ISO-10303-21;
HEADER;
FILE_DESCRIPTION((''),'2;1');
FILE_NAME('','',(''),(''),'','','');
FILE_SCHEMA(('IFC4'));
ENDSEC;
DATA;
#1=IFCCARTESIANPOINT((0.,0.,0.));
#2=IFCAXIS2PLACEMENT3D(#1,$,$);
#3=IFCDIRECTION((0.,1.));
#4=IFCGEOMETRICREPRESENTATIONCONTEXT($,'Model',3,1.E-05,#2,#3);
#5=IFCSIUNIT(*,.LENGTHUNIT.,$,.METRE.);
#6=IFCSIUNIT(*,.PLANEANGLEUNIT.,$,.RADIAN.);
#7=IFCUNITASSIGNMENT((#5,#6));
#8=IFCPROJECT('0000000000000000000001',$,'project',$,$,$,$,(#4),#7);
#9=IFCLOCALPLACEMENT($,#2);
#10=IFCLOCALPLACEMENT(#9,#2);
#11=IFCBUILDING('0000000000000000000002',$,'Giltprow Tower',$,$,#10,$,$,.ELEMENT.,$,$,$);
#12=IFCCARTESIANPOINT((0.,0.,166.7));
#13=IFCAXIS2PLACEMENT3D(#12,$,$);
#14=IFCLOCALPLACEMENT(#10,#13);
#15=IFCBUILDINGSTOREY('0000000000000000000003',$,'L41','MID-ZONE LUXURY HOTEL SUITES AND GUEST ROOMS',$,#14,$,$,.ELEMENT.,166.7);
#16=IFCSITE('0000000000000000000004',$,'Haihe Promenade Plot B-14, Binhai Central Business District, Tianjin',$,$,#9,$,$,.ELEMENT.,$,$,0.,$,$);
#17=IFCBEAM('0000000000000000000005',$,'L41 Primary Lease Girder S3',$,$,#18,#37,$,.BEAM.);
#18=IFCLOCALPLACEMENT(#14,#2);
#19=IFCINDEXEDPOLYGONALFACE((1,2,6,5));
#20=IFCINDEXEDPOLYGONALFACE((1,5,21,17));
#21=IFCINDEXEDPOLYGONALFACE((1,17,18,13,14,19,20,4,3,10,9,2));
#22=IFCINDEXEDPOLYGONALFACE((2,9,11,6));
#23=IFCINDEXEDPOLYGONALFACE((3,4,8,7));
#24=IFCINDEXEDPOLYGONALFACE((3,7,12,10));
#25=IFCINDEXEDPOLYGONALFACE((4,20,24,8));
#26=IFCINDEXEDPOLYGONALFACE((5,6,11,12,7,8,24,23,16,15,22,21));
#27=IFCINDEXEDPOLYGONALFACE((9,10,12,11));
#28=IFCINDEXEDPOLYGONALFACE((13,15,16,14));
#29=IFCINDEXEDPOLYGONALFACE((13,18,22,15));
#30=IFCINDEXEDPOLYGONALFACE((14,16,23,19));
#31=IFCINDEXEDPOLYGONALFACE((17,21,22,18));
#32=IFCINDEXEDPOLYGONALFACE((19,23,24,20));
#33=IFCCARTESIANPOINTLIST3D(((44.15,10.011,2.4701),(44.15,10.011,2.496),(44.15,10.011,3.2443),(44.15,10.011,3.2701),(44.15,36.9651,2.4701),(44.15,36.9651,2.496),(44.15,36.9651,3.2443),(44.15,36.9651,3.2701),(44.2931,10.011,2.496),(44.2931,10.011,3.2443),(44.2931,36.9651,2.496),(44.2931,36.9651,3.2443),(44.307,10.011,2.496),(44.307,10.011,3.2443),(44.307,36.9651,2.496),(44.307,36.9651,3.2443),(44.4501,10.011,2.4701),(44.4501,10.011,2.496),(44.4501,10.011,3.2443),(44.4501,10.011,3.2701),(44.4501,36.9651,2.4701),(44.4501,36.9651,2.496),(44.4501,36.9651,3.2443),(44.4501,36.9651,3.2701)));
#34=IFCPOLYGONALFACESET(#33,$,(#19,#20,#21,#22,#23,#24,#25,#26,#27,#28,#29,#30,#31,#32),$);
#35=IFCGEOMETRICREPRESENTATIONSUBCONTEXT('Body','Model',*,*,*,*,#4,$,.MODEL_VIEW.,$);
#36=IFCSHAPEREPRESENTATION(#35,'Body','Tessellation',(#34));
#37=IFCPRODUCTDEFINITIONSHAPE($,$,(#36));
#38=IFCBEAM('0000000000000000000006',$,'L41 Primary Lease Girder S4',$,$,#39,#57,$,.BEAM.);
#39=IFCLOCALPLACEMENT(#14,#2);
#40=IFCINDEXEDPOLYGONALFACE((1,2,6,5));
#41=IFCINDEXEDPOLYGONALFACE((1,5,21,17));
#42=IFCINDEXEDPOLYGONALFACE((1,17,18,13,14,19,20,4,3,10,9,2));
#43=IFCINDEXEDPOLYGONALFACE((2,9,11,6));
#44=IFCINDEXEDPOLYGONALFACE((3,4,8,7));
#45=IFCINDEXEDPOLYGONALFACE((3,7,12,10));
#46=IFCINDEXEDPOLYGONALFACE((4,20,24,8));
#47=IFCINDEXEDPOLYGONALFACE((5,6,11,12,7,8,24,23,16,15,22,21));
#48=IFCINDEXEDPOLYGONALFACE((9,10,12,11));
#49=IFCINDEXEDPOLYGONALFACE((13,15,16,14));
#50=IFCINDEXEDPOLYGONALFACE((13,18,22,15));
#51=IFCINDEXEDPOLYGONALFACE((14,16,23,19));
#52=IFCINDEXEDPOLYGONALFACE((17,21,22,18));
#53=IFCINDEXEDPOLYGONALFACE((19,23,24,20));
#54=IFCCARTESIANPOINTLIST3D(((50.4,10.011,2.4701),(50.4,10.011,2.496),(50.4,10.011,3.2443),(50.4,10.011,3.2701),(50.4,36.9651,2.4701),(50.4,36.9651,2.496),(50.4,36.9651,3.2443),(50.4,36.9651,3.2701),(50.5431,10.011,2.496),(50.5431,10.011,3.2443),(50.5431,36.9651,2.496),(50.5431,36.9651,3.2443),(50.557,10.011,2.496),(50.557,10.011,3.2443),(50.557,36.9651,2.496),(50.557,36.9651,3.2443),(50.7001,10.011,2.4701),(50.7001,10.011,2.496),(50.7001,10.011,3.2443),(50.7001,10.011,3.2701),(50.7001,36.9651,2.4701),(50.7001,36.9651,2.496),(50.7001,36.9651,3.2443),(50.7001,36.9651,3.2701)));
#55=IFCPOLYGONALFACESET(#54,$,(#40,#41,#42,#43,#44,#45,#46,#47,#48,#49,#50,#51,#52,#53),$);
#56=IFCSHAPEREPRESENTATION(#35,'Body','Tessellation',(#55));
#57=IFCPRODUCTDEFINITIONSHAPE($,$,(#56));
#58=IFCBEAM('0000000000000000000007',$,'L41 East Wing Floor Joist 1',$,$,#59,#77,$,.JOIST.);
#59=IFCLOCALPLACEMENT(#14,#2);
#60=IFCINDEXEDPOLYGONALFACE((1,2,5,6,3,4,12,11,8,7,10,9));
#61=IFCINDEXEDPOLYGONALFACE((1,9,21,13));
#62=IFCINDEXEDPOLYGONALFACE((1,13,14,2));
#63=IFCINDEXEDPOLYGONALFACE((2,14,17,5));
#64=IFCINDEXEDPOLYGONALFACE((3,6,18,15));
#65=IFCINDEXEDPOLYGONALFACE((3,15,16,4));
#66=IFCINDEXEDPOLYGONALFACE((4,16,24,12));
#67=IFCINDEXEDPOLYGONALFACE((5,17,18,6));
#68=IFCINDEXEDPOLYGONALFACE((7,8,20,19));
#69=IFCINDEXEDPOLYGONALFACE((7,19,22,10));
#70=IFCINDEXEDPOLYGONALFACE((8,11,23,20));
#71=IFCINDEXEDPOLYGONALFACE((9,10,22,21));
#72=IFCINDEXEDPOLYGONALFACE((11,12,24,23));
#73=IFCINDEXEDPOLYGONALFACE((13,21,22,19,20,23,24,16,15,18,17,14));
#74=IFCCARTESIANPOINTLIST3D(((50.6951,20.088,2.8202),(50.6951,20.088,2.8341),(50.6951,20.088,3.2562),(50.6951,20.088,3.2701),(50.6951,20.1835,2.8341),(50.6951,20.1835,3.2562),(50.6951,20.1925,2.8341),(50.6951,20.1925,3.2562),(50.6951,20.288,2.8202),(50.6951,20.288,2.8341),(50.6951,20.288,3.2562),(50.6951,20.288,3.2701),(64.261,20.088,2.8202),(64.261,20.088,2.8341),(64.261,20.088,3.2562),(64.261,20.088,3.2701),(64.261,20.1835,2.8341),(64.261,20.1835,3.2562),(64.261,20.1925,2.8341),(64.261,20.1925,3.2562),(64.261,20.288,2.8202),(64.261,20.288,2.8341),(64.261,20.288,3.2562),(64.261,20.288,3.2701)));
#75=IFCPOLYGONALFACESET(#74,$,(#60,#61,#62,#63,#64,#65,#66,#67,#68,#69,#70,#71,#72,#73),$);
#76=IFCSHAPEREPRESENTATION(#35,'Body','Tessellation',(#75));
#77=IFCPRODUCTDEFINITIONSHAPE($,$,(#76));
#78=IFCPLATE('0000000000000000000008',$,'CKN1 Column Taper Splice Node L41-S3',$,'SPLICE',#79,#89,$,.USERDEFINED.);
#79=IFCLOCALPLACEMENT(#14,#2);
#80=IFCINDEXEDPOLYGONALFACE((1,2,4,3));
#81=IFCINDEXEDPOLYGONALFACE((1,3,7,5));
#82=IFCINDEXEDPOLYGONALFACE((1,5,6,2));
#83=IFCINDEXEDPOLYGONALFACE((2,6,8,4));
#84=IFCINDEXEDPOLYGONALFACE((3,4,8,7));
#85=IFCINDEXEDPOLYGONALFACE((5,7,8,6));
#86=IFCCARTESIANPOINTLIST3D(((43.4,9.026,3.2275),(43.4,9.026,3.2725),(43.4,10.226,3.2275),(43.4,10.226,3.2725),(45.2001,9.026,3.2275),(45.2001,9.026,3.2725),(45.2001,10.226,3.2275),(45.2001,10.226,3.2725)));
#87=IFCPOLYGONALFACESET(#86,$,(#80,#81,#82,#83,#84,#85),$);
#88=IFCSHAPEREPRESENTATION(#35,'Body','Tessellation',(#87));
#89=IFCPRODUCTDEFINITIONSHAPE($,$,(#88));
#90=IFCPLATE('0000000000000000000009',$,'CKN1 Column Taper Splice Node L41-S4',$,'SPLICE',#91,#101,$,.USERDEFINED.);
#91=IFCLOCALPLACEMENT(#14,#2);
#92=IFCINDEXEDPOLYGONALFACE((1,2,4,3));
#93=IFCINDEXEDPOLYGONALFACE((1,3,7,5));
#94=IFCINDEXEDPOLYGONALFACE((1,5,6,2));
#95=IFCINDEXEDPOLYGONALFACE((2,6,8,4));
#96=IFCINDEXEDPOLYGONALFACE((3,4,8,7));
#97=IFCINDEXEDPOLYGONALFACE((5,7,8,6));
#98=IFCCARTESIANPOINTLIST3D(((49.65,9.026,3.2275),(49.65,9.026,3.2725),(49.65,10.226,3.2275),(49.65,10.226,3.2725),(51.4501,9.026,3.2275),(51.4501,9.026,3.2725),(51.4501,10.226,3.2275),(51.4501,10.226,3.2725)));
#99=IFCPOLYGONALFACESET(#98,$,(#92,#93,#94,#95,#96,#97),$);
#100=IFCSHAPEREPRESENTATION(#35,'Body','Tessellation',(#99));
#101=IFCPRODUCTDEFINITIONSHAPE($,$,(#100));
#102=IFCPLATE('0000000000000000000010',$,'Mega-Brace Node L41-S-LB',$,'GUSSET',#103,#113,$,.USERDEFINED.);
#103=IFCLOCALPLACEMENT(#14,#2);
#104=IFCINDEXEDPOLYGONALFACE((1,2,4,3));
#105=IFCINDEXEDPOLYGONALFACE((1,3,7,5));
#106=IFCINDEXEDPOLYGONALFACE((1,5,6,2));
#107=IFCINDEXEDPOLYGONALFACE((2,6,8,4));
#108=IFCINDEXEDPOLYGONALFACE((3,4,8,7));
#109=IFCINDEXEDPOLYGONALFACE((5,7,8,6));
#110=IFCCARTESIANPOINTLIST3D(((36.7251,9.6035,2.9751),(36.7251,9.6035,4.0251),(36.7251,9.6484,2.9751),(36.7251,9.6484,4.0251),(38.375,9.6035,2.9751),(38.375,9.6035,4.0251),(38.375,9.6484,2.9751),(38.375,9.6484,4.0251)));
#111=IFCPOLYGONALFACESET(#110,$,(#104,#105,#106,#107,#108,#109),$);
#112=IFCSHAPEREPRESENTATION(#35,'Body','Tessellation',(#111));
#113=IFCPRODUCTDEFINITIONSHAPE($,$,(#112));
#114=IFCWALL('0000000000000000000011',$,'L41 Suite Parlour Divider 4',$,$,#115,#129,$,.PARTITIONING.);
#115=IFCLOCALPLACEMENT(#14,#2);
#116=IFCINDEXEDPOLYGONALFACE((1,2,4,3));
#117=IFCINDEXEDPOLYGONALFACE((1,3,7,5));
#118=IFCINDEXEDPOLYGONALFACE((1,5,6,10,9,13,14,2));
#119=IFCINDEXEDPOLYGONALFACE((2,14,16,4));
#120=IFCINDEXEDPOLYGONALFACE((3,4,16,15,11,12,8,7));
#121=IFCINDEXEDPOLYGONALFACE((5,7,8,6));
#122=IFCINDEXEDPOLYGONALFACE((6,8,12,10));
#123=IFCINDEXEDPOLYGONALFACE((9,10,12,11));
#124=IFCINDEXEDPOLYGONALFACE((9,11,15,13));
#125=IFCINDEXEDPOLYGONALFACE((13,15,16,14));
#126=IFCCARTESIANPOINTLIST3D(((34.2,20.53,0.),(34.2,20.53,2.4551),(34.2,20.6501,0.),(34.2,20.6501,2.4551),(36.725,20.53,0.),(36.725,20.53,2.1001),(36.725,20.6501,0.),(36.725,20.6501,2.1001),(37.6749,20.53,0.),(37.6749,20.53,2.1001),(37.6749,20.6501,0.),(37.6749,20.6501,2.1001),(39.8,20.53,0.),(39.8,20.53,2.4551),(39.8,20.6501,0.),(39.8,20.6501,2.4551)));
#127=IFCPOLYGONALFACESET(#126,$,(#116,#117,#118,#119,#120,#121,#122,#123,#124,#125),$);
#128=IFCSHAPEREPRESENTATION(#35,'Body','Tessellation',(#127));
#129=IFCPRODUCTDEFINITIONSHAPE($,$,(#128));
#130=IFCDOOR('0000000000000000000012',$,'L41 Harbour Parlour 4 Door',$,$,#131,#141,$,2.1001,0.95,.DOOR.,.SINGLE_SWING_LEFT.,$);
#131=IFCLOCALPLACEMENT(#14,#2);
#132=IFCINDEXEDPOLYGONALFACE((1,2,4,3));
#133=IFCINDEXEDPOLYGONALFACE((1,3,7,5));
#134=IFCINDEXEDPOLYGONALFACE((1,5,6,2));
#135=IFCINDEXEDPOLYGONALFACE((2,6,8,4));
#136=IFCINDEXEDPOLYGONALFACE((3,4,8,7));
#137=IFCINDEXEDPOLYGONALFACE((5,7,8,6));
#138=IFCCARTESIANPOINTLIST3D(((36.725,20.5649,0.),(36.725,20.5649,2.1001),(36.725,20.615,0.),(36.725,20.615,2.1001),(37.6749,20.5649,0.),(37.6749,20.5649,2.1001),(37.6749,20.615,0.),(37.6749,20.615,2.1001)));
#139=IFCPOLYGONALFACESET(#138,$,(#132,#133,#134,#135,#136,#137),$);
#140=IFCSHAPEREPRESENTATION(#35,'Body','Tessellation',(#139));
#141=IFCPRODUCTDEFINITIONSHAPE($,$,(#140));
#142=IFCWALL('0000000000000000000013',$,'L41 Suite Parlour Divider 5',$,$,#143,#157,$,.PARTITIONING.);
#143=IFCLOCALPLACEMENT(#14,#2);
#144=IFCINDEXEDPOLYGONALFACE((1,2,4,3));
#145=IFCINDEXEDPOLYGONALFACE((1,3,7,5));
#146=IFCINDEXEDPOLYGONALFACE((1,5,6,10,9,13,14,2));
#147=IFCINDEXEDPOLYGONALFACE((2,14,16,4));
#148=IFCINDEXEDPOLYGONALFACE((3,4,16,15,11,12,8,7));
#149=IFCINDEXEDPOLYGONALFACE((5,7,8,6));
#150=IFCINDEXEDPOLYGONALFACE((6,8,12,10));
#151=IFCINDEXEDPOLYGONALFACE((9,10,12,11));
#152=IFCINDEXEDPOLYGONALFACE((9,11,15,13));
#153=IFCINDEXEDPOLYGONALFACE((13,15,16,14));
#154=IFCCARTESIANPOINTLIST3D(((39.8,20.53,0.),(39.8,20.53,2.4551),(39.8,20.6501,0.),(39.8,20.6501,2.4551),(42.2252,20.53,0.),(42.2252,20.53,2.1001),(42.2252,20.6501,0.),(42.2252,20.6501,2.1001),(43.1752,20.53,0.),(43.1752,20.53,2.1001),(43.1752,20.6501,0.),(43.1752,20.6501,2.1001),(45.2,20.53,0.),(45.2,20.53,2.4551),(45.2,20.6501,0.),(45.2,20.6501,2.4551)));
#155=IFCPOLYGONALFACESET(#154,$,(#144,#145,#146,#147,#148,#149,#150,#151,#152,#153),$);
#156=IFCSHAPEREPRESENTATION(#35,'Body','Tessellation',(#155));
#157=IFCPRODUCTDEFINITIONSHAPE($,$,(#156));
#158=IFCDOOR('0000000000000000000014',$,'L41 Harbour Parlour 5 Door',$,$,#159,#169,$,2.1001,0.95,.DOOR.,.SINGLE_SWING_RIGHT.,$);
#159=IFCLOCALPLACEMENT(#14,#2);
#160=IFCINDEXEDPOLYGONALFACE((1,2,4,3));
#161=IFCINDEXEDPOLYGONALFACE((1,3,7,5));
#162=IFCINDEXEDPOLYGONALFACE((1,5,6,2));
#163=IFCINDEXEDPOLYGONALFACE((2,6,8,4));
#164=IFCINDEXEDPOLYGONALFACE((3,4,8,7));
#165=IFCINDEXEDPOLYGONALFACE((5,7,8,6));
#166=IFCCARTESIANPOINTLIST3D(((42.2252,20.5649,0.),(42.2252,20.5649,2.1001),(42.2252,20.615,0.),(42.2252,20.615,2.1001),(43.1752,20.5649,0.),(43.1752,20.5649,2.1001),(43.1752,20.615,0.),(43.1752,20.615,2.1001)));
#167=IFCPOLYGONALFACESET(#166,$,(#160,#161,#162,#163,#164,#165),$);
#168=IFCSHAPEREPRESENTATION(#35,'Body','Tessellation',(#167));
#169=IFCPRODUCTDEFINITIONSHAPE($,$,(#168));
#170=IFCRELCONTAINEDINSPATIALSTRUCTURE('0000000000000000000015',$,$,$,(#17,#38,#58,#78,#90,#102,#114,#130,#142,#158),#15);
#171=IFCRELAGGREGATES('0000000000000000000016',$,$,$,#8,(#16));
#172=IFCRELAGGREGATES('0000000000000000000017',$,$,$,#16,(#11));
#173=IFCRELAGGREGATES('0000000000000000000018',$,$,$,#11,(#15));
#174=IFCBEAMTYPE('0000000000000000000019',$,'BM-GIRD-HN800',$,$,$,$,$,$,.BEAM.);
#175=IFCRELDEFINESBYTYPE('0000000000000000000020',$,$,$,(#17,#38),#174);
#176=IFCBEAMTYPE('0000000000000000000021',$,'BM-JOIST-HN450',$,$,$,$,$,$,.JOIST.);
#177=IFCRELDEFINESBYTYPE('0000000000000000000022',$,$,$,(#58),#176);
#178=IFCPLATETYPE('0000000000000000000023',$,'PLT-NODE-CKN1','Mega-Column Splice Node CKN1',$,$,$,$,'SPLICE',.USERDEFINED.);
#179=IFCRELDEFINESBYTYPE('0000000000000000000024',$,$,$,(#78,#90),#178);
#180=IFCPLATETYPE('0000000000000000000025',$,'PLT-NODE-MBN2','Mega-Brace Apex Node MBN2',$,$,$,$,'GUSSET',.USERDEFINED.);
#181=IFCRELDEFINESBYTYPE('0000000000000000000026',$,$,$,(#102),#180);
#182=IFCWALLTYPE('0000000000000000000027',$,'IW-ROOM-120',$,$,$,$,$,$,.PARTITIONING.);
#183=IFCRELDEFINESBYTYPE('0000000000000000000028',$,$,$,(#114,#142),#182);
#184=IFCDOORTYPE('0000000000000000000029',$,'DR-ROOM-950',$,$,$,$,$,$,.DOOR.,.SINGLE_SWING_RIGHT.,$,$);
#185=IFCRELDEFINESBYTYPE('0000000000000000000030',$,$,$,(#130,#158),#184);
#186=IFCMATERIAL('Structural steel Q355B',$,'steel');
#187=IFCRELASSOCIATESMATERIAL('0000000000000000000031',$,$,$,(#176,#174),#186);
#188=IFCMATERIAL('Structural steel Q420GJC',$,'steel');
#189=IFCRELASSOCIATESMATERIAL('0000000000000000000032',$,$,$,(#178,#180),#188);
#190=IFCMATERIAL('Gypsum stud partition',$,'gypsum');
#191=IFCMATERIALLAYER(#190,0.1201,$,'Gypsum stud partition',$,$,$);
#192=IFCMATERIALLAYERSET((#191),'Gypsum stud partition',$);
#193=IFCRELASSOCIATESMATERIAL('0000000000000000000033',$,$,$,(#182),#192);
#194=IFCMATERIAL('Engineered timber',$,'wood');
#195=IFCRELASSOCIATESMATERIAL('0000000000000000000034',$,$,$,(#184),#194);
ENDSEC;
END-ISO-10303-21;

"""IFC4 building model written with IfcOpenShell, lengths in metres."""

from ifc_helpers import new_model, si_unit, direction, frame, frame_2d, origin, origin_2d, place, context, subcontext, project, spatial, rectangle, i_section, extrude, source, transform, mapped, material, layer, layer_set, material_profile, profile_set, type_object, element, fill, save


model = new_model("IFC4")

# Units and contexts
model_context = context("Model", 3, precision=1e-05, world=origin(), true_north=direction((0.0, 1.0)))
body_context = subcontext(model_context, "Body", "Model", "MODEL_VIEW")
ifc_project = project(units=[si_unit("LENGTHUNIT", "METRE"), si_unit("PLANEANGLEUNIT", "RADIAN")], contexts=[model_context])

# Site, building, storey
site_placement = place(None, origin())
site = spatial("IfcSite", under=ifc_project, at=site_placement, Name="Haihe Promenade Plot B-14, Binhai Central Business District, Tianjin", CompositionType="ELEMENT", RefElevation=0.0)
building_placement = place(site_placement, origin())
building = spatial("IfcBuilding", under=site, at=building_placement, Name="Giltprow Tower", CompositionType="ELEMENT")
storey_placement = place(building_placement, frame((0.0, 0.0, 166.7)))
storey = spatial("IfcBuildingStorey", under=building, at=storey_placement, Name="L41", Description="MID-ZONE LUXURY HOTEL SUITES AND GUEST ROOMS", CompositionType="ELEMENT", Elevation=166.7)

# Beams
ifc_material_1 = material(Name="Structural steel Q355B", Category="steel")
ifc_material_profile_1 = material_profile(ifc_material_1, i_section(OverallWidth=0.2, OverallDepth=0.45, WebThickness=0.009, FlangeThickness=0.0139, at=origin_2d()), Name="HN 450x200x9x14")
ifc_profile_set_1 = profile_set([ifc_material_profile_1], Name="Structural steel Q355B")
beam_type_1 = type_object("IfcBeamType", Name="BM-JOIST-HN450", PredefinedType="JOIST", material=ifc_profile_set_1)
ifc_material_profile_2 = material_profile(ifc_material_1, i_section(OverallWidth=0.3, OverallDepth=0.8, WebThickness=0.0139, FlangeThickness=0.0259, at=origin_2d()), Name="HN 800x300x14x26")
ifc_profile_set_2 = profile_set([ifc_material_profile_2], Name="Structural steel Q355B")
beam_type_2 = type_object("IfcBeamType", Name="BM-GIRD-HN800", PredefinedType="BEAM", material=ifc_profile_set_2)
shared_shape_1 = source(origin(), body_context, "Body", "SweptSolid", [
    extrude(i_section(OverallWidth=0.3, OverallDepth=0.8, WebThickness=0.0139, FlangeThickness=0.0259, at=origin_2d()), origin(), (0.0, 0.0, 1.0), 26.9541),
])
for number, where, z_axis, x_axis, name in (
    (1, (44.3, 10.011, 2.8701), (0.0, 1.0, 0.0), (-1.0, 0.0, 0.0), "L41 Primary Lease Girder S3"),
    (2, (50.55, 10.011, 2.8701), (0.0, 1.0, 0.0), (-1.0, 0.0, 0.0), "L41 Primary Lease Girder S4"),
):
    element("IfcBeam", number, at=place(storey_placement, frame(where, z_axis=z_axis, x_axis=x_axis)), inside=storey, type_object=beam_type_2, Name=name, PredefinedType="BEAM", context=body_context, shape_type="MappedRepresentation", body=[
        mapped(shared_shape_1, transform((0.0, 0.0, 0.0), x_axis=(1.0, 0.0, 0.0), y_axis=(0.0, 1.0, 0.0), z_axis=(0.0, 0.0, 1.0), scale=1.0)),
    ])
shared_shape_2 = source(origin(), body_context, "Body", "SweptSolid", [
    extrude(i_section(OverallWidth=0.2, OverallDepth=0.45, WebThickness=0.009, FlangeThickness=0.0139, at=origin_2d()), origin(), (0.0, 0.0, 1.0), 13.5659),
])
beam_1_placement = place(storey_placement, frame((50.6951, 20.188, 3.0452), z_axis=(1.0, 0.0, 0.0), x_axis=(0.0, 1.0, 0.0)))
element("IfcBeam", 3, at=beam_1_placement, inside=storey, type_object=beam_type_1, Name="L41 East Wing Floor Joist 1", PredefinedType="JOIST", context=body_context, shape_type="MappedRepresentation", body=[
    mapped(shared_shape_2, transform((0.0, 0.0, 0.0), x_axis=(1.0, 0.0, 0.0), y_axis=(0.0, 1.0, 0.0), z_axis=(0.0, 0.0, 1.0), scale=1.0)),
])

# Plates
ifc_material_2 = material(Name="Structural steel Q420GJC", Category="steel")
plate_type_1 = type_object("IfcPlateType", Name="PLT-NODE-CKN1", Description="Mega-Column Splice Node CKN1", ElementType="SPLICE", PredefinedType="USERDEFINED", material=ifc_material_2)
shared_shape_3 = source(origin(), body_context, "Body", "SweptSolid", [
    extrude(rectangle(XDim=1.8, YDim=1.2, at=origin_2d()), origin(), (0.0, 0.0, 1.0), 0.0449),
])
for number, where, z_axis, x_axis, name in (
    (4, (44.3, 9.626, 3.2275), (0.0, 0.0, 1.0), (1.0, 0.0, 0.0), "CKN1 Column Taper Splice Node L41-S3"),
    (5, (50.55, 9.626, 3.2275), (0.0, 0.0, 1.0), (1.0, 0.0, 0.0), "CKN1 Column Taper Splice Node L41-S4"),
):
    element("IfcPlate", number, at=place(storey_placement, frame(where, z_axis=z_axis, x_axis=x_axis)), inside=storey, type_object=plate_type_1, Name=name, ObjectType="SPLICE", PredefinedType="USERDEFINED", context=body_context, shape_type="MappedRepresentation", body=[
        mapped(shared_shape_3, transform((0.0, 0.0, 0.0), x_axis=(1.0, 0.0, 0.0), y_axis=(0.0, 1.0, 0.0), z_axis=(0.0, 0.0, 1.0), scale=1.0)),
    ])
plate_type_2 = type_object("IfcPlateType", Name="PLT-NODE-MBN2", Description="Mega-Brace Apex Node MBN2", ElementType="GUSSET", PredefinedType="USERDEFINED", material=ifc_material_2)
shared_shape_4 = source(origin(), body_context, "Body", "SweptSolid", [
    extrude(rectangle(XDim=1.6499, YDim=0.0449, at=origin_2d()), origin(), (0.0, 0.0, 1.0), 1.05),
])
plate_placement = place(storey_placement, frame((37.55, 9.626, 2.9751), z_axis=(0.0, 0.0, 1.0), x_axis=(1.0, 0.0, 0.0)))
element("IfcPlate", 6, at=plate_placement, inside=storey, type_object=plate_type_2, Name="Mega-Brace Node L41-S-LB", ObjectType="GUSSET", PredefinedType="USERDEFINED", context=body_context, shape_type="MappedRepresentation", body=[
    mapped(shared_shape_4, transform((0.0, 0.0, 0.0), x_axis=(1.0, 0.0, 0.0), y_axis=(0.0, 1.0, 0.0), z_axis=(0.0, 0.0, 1.0), scale=1.0)),
])

# Walls, openings, doors
ifc_material_3 = material(Name="Gypsum stud partition", Category="gypsum")
ifc_layer = layer(ifc_material_3, 0.1201, Name="Gypsum stud partition")
ifc_layer_set = layer_set([ifc_layer], Name="Gypsum stud partition")
wall_type = type_object("IfcWallType", Name="IW-ROOM-120", PredefinedType="PARTITIONING", material=ifc_layer_set)
wall_1_placement = place(storey_placement, frame((34.2, 20.5901, 0.0), z_axis=(0.0, 0.0, 1.0), x_axis=(1.0, 0.0, 0.0)))
wall_1 = element("IfcWall", 7, at=wall_1_placement, inside=storey, type_object=wall_type, Name="L41 Suite Parlour Divider 4", PredefinedType="PARTITIONING", context=body_context, shape_type="SweptSolid", body=[
    extrude(rectangle(XDim=5.6001, YDim=0.1201, at=frame_2d((2.8, 0.0))), origin(), (0.0, 0.0, 1.0), 2.4551),
])
opening_1_placement = place(wall_1_placement, frame((2.5249, 0.0, 0.0)))
opening_1 = element("IfcOpeningElement", 8, at=opening_1_placement, cuts=wall_1, PredefinedType="OPENING", context=body_context, shape_type="SweptSolid", body=[
    extrude(rectangle(XDim=0.95, YDim=2.1001, at=frame_2d((0.4751, 1.05))), frame((0.0, 0.0701, 0.0), z_axis=(0.0, -1.0, 0.0), x_axis=(1.0, 0.0, 0.0)), (0.0, 0.0, 1.0), 0.1401),
])
ifc_material_4 = material(Name="Engineered timber", Category="wood")
door_type = type_object("IfcDoorType", Name="DR-ROOM-950", OperationType="SINGLE_SWING_RIGHT", PredefinedType="DOOR", material=ifc_material_4)
shared_shape_5 = source(origin(), body_context, "Body", "SweptSolid", [
    extrude(rectangle(XDim=0.95, YDim=2.1001, at=frame_2d((0.4751, 1.05))), frame((0.0, 0.0249, 0.0), z_axis=(0.0, -1.0, 0.0), x_axis=(1.0, 0.0, 0.0)), (0.0, 0.0, 1.0), 0.05),
])
door_1_placement = place(opening_1_placement, origin())
door_1 = element("IfcDoor", 9, at=door_1_placement, inside=storey, type_object=door_type, Name="L41 Harbour Parlour 4 Door", OperationType="SINGLE_SWING_LEFT", OverallHeight=2.1001, OverallWidth=0.95, PredefinedType="DOOR", context=body_context, shape_type="MappedRepresentation", body=[
    mapped(shared_shape_5, transform((0.0, 0.0, 0.0), x_axis=(1.0, 0.0, 0.0), y_axis=(0.0, 1.0, 0.0), z_axis=(0.0, 0.0, 1.0), scale=1.0)),
])
fill(opening_1, door_1)
wall_2_placement = place(storey_placement, frame((39.8, 20.5901, 0.0), z_axis=(0.0, 0.0, 1.0), x_axis=(1.0, 0.0, 0.0)))
wall_2 = element("IfcWall", 10, at=wall_2_placement, inside=storey, type_object=wall_type, Name="L41 Suite Parlour Divider 5", PredefinedType="PARTITIONING", context=body_context, shape_type="SweptSolid", body=[
    extrude(rectangle(XDim=5.3999, YDim=0.1201, at=frame_2d((2.7, 0.0))), origin(), (0.0, 0.0, 1.0), 2.4551),
])
opening_2_placement = place(wall_2_placement, frame((2.425, 0.0, 0.0)))
opening_2 = element("IfcOpeningElement", 11, at=opening_2_placement, cuts=wall_2, PredefinedType="OPENING", context=body_context, shape_type="SweptSolid", body=[
    extrude(rectangle(XDim=0.95, YDim=2.1001, at=frame_2d((0.4751, 1.05))), frame((0.0, 0.0701, 0.0), z_axis=(0.0, -1.0, 0.0), x_axis=(1.0, 0.0, 0.0)), (0.0, 0.0, 1.0), 0.1401),
])
door_2_placement = place(opening_2_placement, origin())
door_2 = element("IfcDoor", 12, at=door_2_placement, inside=storey, type_object=door_type, Name="L41 Harbour Parlour 5 Door", OperationType="SINGLE_SWING_RIGHT", OverallHeight=2.1001, OverallWidth=0.95, PredefinedType="DOOR", context=body_context, shape_type="MappedRepresentation", body=[
    mapped(shared_shape_5, transform((0.0, 0.0, 0.0), x_axis=(1.0, 0.0, 0.0), y_axis=(0.0, 1.0, 0.0), z_axis=(0.0, 0.0, 1.0), scale=1.0)),
])
fill(opening_2, door_2)

save(model, "model.ifc")
